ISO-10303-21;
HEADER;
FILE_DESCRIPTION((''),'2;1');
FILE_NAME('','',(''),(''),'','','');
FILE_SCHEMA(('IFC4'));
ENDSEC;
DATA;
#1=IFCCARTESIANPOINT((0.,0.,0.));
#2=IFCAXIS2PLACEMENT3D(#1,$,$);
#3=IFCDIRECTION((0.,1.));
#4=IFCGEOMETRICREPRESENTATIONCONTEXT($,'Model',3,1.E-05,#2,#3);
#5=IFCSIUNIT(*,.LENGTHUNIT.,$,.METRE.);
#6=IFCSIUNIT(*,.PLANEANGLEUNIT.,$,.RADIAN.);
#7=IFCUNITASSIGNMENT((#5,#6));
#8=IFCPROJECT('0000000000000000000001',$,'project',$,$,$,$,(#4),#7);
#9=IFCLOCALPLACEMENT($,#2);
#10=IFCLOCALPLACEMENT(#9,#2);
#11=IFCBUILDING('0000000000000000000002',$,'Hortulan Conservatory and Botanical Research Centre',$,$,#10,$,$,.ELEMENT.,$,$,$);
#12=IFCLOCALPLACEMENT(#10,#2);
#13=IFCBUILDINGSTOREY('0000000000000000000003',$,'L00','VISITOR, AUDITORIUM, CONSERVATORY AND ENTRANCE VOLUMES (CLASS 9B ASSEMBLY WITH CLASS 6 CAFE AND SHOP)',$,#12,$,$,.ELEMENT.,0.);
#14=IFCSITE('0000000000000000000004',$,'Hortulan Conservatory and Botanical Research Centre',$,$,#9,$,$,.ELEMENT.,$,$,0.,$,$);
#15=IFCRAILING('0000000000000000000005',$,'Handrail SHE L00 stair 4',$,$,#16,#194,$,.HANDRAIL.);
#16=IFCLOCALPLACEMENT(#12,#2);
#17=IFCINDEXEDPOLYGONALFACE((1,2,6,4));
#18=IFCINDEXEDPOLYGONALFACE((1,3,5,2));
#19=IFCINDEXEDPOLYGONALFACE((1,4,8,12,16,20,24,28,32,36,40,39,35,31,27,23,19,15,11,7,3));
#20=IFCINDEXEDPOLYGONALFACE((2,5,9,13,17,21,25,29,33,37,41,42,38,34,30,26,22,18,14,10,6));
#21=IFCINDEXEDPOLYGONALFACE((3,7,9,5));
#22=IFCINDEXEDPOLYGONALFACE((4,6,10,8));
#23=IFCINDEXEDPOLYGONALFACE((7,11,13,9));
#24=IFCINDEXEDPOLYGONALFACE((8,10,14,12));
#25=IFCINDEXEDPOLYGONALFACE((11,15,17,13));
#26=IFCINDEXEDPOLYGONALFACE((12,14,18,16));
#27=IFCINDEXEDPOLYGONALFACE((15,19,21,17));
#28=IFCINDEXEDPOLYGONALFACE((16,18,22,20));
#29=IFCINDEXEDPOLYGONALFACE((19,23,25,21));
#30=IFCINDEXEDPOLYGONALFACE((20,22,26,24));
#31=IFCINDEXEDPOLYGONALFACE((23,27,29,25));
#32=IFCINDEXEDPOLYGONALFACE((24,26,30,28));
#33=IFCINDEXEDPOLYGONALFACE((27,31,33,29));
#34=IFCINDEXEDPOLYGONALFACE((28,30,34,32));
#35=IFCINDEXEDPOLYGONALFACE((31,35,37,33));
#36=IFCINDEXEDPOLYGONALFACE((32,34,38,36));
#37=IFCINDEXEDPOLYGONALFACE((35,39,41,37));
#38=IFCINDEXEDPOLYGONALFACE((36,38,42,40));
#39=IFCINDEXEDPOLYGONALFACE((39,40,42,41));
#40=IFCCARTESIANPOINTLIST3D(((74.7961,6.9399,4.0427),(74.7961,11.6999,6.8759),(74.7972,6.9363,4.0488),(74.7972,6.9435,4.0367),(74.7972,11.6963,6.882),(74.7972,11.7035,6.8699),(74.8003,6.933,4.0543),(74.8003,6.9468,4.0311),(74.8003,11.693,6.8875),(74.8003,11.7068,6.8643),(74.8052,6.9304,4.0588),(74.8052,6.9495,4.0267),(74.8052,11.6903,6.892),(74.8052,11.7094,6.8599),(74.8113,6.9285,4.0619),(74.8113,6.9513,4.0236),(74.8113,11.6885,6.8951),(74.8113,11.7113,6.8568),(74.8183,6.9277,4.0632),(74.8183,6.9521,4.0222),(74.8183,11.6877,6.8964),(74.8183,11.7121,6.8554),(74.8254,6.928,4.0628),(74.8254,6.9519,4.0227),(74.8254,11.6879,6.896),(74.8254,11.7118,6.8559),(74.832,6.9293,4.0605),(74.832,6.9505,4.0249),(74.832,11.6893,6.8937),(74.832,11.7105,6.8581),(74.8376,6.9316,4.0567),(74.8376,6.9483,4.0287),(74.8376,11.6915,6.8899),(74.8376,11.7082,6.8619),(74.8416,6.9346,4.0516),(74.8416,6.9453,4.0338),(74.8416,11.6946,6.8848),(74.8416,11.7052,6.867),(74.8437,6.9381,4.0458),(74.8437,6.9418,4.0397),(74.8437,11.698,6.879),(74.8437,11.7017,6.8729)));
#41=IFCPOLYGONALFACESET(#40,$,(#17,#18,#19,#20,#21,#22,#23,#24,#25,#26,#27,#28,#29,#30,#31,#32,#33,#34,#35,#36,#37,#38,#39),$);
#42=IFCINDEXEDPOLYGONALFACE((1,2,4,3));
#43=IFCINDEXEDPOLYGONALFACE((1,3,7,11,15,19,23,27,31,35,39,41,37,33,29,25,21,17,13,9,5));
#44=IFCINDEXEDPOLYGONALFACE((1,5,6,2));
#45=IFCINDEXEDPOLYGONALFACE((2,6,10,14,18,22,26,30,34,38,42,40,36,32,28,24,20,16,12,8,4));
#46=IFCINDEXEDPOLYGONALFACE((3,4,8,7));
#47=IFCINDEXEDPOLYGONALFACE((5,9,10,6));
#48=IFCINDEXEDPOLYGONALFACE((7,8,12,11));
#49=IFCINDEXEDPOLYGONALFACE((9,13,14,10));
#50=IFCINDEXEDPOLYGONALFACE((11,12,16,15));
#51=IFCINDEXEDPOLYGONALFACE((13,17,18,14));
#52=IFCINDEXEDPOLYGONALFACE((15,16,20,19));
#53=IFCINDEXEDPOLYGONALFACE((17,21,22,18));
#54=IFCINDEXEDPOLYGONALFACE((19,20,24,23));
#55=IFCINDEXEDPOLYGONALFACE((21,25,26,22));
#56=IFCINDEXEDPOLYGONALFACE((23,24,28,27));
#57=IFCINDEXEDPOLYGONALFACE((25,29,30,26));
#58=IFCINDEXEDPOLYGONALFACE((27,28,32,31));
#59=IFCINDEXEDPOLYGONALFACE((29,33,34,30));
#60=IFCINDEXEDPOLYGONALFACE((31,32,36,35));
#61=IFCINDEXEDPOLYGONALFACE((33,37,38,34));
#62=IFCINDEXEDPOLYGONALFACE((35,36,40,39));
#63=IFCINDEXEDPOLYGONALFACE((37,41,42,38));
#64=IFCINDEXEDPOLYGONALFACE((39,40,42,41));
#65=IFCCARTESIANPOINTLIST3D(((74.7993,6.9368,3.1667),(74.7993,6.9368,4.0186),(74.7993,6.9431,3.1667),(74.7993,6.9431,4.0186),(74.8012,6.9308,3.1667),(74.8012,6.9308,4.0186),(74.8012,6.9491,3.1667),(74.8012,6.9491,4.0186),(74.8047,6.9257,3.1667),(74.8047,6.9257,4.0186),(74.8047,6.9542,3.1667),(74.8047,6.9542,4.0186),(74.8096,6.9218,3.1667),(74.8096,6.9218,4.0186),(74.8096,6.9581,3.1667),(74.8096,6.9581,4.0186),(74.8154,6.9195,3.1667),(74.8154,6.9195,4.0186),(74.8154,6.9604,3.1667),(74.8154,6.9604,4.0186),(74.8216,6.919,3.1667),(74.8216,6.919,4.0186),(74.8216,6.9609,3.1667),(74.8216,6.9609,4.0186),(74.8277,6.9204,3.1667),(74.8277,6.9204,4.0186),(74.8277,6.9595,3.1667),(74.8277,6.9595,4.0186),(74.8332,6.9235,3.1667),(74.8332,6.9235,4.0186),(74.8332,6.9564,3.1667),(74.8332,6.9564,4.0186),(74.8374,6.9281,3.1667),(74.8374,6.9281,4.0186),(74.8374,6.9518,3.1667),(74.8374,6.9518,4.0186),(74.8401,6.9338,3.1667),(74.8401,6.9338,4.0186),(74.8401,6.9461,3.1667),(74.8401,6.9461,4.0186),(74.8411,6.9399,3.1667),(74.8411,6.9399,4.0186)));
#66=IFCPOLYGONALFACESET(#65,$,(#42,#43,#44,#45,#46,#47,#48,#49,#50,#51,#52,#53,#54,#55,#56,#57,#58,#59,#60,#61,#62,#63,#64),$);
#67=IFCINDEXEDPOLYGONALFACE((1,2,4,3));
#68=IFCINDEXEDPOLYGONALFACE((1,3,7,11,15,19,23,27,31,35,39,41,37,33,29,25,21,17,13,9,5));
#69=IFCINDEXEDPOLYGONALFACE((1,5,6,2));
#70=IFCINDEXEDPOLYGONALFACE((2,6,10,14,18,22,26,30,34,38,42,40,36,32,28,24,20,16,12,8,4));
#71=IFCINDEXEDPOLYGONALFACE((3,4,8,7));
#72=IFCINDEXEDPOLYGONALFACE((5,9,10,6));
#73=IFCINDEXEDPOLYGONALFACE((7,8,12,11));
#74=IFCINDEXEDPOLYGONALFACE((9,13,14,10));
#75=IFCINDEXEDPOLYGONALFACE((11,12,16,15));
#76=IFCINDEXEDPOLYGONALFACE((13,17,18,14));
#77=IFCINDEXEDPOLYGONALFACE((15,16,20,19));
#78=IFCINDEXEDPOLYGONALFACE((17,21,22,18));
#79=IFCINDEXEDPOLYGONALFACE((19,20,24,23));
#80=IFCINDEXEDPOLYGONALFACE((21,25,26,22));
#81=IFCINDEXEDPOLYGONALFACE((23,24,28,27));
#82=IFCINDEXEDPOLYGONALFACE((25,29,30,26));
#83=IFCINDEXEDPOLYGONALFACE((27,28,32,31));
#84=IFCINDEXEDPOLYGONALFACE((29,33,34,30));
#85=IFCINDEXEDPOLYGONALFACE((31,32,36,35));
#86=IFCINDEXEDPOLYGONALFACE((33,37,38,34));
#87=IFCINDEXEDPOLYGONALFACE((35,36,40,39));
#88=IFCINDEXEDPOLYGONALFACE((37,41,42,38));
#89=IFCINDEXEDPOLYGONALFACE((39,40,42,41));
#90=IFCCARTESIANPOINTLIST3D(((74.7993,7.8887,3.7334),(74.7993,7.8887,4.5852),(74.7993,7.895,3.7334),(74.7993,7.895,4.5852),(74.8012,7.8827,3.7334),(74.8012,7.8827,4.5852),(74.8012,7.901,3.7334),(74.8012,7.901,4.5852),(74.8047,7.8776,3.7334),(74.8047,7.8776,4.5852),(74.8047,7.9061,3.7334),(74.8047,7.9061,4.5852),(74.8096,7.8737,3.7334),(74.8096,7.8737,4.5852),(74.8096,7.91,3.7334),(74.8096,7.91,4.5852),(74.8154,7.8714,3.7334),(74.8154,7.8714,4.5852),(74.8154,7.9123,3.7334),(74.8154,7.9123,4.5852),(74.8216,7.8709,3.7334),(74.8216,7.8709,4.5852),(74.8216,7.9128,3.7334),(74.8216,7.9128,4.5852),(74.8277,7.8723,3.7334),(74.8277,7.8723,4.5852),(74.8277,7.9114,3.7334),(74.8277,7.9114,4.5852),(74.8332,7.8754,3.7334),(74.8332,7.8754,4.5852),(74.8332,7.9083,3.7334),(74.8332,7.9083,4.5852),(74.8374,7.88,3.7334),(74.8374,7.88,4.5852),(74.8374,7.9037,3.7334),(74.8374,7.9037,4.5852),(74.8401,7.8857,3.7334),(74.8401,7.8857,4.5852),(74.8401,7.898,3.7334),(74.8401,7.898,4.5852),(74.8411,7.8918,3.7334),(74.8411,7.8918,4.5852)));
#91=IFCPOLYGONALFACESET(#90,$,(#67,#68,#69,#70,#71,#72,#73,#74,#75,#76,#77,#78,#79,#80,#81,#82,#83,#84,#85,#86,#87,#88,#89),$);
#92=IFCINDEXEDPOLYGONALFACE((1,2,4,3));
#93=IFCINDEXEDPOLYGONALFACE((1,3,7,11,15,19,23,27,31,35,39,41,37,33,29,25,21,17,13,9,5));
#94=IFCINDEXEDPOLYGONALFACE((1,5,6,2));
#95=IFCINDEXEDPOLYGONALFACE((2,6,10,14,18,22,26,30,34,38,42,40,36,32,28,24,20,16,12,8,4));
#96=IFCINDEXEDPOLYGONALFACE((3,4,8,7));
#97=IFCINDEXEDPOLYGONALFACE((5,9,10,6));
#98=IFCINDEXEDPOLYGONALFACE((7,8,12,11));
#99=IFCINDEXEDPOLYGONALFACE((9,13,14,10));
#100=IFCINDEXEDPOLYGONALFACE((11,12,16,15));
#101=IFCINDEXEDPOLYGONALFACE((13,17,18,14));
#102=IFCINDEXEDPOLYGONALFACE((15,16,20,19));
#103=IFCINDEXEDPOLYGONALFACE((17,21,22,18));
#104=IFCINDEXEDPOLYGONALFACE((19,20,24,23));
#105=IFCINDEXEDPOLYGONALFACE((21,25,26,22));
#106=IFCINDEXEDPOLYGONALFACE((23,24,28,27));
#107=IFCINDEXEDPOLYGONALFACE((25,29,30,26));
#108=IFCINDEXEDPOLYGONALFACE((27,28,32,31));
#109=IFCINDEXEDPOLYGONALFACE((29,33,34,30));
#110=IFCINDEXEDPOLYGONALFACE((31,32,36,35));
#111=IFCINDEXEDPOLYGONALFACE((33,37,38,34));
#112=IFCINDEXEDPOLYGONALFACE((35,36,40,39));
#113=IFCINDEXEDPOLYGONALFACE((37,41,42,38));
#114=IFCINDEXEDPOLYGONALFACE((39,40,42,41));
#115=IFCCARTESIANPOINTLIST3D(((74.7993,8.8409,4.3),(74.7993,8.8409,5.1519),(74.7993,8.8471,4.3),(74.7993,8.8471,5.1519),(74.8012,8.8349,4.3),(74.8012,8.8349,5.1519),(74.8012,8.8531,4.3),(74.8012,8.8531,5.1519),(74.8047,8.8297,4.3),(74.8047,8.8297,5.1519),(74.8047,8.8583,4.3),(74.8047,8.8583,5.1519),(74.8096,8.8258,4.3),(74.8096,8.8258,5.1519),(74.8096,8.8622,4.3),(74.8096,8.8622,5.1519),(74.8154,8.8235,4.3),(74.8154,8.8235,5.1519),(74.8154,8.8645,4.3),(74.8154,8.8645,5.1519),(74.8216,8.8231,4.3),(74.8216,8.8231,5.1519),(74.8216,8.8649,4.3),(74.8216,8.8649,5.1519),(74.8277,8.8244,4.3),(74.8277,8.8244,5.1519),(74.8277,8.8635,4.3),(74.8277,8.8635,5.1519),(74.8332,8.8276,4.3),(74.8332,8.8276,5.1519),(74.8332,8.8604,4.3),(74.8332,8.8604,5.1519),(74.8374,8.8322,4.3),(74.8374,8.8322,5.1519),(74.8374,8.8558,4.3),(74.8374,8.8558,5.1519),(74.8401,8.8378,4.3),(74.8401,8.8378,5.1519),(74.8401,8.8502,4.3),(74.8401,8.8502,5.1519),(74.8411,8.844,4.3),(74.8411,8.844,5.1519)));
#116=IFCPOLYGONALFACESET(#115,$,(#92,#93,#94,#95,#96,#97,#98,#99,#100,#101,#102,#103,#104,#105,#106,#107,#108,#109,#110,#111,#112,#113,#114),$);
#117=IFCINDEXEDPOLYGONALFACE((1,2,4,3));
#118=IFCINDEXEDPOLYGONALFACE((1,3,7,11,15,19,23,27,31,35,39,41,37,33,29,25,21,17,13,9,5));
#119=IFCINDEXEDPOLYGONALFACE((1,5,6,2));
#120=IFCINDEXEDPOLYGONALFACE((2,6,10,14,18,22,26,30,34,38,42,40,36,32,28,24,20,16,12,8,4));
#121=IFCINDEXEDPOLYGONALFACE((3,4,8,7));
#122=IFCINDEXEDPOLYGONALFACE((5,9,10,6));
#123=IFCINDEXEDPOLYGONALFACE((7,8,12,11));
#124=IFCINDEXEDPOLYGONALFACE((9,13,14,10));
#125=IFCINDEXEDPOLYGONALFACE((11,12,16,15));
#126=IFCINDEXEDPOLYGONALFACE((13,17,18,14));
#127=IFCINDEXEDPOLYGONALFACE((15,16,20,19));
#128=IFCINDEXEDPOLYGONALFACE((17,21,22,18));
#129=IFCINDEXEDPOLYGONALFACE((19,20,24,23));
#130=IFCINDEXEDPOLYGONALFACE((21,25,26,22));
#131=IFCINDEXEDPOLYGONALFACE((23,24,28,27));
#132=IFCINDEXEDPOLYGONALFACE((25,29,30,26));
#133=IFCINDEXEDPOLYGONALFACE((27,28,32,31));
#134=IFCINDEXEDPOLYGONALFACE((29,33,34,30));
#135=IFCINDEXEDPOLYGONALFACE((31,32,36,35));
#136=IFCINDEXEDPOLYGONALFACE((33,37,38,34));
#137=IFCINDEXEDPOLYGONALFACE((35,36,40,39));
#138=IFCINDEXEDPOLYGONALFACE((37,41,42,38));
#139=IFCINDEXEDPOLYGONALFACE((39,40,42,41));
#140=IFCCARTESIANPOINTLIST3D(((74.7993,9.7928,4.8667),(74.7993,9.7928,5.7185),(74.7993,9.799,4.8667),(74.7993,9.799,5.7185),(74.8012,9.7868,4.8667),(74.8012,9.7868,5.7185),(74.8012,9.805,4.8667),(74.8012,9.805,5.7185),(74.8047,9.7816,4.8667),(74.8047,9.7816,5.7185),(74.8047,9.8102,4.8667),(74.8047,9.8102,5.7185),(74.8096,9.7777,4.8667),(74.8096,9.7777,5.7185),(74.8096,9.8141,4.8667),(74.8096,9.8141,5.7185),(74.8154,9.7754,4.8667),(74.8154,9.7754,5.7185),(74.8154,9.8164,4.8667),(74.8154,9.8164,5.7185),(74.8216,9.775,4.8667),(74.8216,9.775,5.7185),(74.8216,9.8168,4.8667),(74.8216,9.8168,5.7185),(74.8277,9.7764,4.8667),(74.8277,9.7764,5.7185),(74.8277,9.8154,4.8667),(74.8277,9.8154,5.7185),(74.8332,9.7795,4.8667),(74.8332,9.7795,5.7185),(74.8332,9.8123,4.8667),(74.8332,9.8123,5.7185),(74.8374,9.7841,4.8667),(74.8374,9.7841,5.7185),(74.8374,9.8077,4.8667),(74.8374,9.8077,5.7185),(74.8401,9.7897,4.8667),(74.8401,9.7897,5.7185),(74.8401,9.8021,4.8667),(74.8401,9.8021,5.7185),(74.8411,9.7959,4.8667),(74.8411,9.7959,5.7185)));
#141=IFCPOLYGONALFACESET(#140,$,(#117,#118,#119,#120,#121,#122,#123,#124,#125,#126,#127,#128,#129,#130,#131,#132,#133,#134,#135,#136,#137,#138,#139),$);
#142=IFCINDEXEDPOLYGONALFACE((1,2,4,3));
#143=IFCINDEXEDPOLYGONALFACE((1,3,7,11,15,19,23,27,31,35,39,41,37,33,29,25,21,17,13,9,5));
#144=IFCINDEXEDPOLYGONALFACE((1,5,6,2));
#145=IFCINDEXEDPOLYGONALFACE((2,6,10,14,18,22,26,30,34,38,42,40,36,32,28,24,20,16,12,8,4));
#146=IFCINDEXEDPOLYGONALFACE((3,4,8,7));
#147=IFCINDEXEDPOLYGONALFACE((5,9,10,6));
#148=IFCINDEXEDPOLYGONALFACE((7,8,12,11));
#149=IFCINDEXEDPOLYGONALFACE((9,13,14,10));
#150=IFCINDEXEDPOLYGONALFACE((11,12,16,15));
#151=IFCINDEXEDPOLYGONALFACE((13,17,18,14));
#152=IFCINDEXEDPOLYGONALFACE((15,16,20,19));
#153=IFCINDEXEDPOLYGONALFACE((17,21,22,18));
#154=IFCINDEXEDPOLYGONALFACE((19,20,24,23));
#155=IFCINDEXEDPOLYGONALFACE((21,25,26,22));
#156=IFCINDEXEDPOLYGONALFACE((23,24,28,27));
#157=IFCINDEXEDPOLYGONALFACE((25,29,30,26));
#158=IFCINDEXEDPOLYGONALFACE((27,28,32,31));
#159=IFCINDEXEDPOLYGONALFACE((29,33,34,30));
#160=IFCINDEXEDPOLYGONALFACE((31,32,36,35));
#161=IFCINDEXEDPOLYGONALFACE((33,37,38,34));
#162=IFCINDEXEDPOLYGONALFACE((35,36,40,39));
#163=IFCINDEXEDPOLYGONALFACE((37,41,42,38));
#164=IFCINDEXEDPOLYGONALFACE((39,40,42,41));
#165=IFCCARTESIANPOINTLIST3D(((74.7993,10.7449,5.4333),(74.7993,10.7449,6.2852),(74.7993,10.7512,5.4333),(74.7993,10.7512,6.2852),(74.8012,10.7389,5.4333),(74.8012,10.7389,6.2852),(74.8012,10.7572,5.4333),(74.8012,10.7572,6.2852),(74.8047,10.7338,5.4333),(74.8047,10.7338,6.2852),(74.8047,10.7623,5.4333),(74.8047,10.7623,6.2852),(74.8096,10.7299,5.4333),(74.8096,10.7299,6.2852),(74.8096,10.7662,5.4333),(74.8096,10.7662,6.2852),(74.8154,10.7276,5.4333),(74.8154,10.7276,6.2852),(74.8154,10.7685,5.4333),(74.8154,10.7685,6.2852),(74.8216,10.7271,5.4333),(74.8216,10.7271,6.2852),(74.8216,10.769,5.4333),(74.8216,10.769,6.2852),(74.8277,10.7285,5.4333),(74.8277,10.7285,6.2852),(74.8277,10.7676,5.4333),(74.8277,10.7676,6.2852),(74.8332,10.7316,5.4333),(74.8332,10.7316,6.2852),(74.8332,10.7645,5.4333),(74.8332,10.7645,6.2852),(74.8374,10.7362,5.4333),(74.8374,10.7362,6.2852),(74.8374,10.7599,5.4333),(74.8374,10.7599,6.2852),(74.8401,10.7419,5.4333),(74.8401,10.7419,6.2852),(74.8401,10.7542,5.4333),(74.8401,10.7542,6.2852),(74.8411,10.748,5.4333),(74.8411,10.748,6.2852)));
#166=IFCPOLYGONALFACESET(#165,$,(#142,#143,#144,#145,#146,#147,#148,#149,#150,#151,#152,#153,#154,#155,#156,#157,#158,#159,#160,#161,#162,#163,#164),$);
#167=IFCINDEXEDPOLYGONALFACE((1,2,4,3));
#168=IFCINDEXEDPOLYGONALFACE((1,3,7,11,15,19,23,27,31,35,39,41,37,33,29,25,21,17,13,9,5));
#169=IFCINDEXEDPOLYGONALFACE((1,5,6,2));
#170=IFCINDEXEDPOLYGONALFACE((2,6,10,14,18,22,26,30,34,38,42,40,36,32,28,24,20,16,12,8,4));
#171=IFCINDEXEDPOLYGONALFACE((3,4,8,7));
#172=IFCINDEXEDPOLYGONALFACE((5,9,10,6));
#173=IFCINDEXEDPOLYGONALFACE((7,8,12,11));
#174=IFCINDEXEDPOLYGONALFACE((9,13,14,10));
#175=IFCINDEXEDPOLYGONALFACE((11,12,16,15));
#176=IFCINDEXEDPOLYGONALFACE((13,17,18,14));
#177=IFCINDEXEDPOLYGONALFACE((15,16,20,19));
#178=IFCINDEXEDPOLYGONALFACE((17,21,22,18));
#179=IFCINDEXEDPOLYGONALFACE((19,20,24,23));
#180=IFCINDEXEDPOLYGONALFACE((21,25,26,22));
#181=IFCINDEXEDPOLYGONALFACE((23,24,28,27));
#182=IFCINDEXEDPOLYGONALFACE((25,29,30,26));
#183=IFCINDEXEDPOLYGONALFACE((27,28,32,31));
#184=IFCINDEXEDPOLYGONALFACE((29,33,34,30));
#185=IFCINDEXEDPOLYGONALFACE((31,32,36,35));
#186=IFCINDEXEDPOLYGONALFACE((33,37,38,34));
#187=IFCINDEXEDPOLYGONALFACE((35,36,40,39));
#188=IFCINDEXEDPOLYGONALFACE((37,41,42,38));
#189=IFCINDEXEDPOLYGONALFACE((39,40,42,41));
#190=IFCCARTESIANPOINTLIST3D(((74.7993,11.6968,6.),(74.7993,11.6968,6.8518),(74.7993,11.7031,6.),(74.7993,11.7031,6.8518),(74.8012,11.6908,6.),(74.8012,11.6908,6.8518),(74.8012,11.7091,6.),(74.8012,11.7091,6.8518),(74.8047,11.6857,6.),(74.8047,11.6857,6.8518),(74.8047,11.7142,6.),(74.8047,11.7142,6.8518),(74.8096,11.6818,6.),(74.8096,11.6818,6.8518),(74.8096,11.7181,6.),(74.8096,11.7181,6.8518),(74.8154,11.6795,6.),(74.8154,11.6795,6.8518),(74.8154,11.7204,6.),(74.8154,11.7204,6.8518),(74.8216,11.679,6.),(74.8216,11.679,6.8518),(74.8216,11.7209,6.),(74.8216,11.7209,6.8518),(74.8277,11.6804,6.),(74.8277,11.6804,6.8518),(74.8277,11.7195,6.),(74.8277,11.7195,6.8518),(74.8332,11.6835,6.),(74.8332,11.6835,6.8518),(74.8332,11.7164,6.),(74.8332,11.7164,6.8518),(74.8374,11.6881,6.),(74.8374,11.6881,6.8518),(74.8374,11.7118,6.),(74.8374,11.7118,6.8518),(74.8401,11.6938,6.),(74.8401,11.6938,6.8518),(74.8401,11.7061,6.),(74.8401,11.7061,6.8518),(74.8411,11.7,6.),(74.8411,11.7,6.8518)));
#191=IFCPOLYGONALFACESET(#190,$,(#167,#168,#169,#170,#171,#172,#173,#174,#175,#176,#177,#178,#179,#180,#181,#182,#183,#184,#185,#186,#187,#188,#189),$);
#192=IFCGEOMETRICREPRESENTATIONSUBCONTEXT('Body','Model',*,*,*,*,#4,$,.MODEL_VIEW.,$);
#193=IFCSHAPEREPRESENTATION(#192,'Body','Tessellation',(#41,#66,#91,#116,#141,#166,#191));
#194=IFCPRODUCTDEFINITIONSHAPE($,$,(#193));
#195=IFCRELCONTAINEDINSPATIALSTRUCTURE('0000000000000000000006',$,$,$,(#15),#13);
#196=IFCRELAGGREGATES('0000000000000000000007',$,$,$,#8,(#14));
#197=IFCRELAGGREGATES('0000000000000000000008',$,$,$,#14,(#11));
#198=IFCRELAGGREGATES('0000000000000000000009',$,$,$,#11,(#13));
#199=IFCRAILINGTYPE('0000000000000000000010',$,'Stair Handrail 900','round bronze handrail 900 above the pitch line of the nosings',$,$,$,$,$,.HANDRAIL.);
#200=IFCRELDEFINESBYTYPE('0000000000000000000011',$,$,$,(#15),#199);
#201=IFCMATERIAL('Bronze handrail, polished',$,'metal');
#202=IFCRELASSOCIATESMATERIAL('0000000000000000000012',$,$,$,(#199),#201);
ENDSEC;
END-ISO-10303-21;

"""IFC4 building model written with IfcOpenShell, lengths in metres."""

from ifc_helpers import new_model, si_unit, direction, frame, origin, origin_2d, place, context, subcontext, project, spatial, circle, extrude, material, type_object, element, save


model = new_model("IFC4")

# Units and contexts
model_context = context("Model", 3, precision=1e-05, world=origin(), true_north=direction((0.0, 1.0)))
body_context = subcontext(model_context, "Body", "Model", "MODEL_VIEW")
ifc_project = project(units=[si_unit("LENGTHUNIT", "METRE"), si_unit("PLANEANGLEUNIT", "RADIAN")], contexts=[model_context])

# Site, building, storey
site_placement = place(None, origin())
site = spatial("IfcSite", under=ifc_project, at=site_placement, Name="Hortulan Conservatory and Botanical Research Centre", CompositionType="ELEMENT", RefElevation=0.0)
building_placement = place(site_placement, origin())
building = spatial("IfcBuilding", under=site, at=building_placement, Name="Hortulan Conservatory and Botanical Research Centre", CompositionType="ELEMENT")
storey_placement = place(building_placement, origin())
storey = spatial("IfcBuildingStorey", under=building, at=storey_placement, Name="L00", Description="VISITOR, AUDITORIUM, CONSERVATORY AND ENTRANCE VOLUMES (CLASS 9B ASSEMBLY WITH CLASS 6 CAFE AND SHOP)", CompositionType="ELEMENT", Elevation=0.0)

# Railing
ifc_material_1 = material(Name="Bronze handrail, polished", Category="metal")
railing_type_1 = type_object("IfcRailingType", Name="Stair Handrail 900", Description="round bronze handrail 900 above the pitch line of the nosings", PredefinedType="HANDRAIL", material=ifc_material_1)
for number, where, name in (
    (1, (74.8201, 6.9399, 3.1667), "Handrail SHE L00 stair 4"),
):
    element("IfcRailing", number, at=place(storey_placement, frame(where)), inside=storey, type_object=railing_type_1, Name=name, PredefinedType="HANDRAIL", context=body_context, shape_type="SweptSolid", body=[
        extrude(circle(Radius=0.0239, at=origin_2d()), frame((0.0, 0.0, 0.876), z_axis=(0.0, 0.8593, 0.511472), x_axis=(-1.0, 0.0, 0.0)), (0.0, 0.0, 1.0), 5.5393),
        extrude(circle(Radius=0.021, at=origin_2d()), origin(), (0.0, 0.0, 1.0), 0.8518),
        extrude(circle(Radius=0.021, at=origin_2d()), frame((0.0, 0.9519, 0.5667)), (0.0, 0.0, 1.0), 0.8518),
        extrude(circle(Radius=0.021, at=origin_2d()), frame((0.0, 1.9041, 1.1333)), (0.0, 0.0, 1.0), 0.8518),
        extrude(circle(Radius=0.021, at=origin_2d()), frame((0.0, 2.856, 1.7)), (0.0, 0.0, 1.0), 0.8518),
        extrude(circle(Radius=0.021, at=origin_2d()), frame((0.0, 3.8081, 2.2666)), (0.0, 0.0, 1.0), 0.8518),
        extrude(circle(Radius=0.021, at=origin_2d()), frame((0.0, 4.76, 2.8333)), (0.0, 0.0, 1.0), 0.8518),
    ])

save(model, "model.ifc")
